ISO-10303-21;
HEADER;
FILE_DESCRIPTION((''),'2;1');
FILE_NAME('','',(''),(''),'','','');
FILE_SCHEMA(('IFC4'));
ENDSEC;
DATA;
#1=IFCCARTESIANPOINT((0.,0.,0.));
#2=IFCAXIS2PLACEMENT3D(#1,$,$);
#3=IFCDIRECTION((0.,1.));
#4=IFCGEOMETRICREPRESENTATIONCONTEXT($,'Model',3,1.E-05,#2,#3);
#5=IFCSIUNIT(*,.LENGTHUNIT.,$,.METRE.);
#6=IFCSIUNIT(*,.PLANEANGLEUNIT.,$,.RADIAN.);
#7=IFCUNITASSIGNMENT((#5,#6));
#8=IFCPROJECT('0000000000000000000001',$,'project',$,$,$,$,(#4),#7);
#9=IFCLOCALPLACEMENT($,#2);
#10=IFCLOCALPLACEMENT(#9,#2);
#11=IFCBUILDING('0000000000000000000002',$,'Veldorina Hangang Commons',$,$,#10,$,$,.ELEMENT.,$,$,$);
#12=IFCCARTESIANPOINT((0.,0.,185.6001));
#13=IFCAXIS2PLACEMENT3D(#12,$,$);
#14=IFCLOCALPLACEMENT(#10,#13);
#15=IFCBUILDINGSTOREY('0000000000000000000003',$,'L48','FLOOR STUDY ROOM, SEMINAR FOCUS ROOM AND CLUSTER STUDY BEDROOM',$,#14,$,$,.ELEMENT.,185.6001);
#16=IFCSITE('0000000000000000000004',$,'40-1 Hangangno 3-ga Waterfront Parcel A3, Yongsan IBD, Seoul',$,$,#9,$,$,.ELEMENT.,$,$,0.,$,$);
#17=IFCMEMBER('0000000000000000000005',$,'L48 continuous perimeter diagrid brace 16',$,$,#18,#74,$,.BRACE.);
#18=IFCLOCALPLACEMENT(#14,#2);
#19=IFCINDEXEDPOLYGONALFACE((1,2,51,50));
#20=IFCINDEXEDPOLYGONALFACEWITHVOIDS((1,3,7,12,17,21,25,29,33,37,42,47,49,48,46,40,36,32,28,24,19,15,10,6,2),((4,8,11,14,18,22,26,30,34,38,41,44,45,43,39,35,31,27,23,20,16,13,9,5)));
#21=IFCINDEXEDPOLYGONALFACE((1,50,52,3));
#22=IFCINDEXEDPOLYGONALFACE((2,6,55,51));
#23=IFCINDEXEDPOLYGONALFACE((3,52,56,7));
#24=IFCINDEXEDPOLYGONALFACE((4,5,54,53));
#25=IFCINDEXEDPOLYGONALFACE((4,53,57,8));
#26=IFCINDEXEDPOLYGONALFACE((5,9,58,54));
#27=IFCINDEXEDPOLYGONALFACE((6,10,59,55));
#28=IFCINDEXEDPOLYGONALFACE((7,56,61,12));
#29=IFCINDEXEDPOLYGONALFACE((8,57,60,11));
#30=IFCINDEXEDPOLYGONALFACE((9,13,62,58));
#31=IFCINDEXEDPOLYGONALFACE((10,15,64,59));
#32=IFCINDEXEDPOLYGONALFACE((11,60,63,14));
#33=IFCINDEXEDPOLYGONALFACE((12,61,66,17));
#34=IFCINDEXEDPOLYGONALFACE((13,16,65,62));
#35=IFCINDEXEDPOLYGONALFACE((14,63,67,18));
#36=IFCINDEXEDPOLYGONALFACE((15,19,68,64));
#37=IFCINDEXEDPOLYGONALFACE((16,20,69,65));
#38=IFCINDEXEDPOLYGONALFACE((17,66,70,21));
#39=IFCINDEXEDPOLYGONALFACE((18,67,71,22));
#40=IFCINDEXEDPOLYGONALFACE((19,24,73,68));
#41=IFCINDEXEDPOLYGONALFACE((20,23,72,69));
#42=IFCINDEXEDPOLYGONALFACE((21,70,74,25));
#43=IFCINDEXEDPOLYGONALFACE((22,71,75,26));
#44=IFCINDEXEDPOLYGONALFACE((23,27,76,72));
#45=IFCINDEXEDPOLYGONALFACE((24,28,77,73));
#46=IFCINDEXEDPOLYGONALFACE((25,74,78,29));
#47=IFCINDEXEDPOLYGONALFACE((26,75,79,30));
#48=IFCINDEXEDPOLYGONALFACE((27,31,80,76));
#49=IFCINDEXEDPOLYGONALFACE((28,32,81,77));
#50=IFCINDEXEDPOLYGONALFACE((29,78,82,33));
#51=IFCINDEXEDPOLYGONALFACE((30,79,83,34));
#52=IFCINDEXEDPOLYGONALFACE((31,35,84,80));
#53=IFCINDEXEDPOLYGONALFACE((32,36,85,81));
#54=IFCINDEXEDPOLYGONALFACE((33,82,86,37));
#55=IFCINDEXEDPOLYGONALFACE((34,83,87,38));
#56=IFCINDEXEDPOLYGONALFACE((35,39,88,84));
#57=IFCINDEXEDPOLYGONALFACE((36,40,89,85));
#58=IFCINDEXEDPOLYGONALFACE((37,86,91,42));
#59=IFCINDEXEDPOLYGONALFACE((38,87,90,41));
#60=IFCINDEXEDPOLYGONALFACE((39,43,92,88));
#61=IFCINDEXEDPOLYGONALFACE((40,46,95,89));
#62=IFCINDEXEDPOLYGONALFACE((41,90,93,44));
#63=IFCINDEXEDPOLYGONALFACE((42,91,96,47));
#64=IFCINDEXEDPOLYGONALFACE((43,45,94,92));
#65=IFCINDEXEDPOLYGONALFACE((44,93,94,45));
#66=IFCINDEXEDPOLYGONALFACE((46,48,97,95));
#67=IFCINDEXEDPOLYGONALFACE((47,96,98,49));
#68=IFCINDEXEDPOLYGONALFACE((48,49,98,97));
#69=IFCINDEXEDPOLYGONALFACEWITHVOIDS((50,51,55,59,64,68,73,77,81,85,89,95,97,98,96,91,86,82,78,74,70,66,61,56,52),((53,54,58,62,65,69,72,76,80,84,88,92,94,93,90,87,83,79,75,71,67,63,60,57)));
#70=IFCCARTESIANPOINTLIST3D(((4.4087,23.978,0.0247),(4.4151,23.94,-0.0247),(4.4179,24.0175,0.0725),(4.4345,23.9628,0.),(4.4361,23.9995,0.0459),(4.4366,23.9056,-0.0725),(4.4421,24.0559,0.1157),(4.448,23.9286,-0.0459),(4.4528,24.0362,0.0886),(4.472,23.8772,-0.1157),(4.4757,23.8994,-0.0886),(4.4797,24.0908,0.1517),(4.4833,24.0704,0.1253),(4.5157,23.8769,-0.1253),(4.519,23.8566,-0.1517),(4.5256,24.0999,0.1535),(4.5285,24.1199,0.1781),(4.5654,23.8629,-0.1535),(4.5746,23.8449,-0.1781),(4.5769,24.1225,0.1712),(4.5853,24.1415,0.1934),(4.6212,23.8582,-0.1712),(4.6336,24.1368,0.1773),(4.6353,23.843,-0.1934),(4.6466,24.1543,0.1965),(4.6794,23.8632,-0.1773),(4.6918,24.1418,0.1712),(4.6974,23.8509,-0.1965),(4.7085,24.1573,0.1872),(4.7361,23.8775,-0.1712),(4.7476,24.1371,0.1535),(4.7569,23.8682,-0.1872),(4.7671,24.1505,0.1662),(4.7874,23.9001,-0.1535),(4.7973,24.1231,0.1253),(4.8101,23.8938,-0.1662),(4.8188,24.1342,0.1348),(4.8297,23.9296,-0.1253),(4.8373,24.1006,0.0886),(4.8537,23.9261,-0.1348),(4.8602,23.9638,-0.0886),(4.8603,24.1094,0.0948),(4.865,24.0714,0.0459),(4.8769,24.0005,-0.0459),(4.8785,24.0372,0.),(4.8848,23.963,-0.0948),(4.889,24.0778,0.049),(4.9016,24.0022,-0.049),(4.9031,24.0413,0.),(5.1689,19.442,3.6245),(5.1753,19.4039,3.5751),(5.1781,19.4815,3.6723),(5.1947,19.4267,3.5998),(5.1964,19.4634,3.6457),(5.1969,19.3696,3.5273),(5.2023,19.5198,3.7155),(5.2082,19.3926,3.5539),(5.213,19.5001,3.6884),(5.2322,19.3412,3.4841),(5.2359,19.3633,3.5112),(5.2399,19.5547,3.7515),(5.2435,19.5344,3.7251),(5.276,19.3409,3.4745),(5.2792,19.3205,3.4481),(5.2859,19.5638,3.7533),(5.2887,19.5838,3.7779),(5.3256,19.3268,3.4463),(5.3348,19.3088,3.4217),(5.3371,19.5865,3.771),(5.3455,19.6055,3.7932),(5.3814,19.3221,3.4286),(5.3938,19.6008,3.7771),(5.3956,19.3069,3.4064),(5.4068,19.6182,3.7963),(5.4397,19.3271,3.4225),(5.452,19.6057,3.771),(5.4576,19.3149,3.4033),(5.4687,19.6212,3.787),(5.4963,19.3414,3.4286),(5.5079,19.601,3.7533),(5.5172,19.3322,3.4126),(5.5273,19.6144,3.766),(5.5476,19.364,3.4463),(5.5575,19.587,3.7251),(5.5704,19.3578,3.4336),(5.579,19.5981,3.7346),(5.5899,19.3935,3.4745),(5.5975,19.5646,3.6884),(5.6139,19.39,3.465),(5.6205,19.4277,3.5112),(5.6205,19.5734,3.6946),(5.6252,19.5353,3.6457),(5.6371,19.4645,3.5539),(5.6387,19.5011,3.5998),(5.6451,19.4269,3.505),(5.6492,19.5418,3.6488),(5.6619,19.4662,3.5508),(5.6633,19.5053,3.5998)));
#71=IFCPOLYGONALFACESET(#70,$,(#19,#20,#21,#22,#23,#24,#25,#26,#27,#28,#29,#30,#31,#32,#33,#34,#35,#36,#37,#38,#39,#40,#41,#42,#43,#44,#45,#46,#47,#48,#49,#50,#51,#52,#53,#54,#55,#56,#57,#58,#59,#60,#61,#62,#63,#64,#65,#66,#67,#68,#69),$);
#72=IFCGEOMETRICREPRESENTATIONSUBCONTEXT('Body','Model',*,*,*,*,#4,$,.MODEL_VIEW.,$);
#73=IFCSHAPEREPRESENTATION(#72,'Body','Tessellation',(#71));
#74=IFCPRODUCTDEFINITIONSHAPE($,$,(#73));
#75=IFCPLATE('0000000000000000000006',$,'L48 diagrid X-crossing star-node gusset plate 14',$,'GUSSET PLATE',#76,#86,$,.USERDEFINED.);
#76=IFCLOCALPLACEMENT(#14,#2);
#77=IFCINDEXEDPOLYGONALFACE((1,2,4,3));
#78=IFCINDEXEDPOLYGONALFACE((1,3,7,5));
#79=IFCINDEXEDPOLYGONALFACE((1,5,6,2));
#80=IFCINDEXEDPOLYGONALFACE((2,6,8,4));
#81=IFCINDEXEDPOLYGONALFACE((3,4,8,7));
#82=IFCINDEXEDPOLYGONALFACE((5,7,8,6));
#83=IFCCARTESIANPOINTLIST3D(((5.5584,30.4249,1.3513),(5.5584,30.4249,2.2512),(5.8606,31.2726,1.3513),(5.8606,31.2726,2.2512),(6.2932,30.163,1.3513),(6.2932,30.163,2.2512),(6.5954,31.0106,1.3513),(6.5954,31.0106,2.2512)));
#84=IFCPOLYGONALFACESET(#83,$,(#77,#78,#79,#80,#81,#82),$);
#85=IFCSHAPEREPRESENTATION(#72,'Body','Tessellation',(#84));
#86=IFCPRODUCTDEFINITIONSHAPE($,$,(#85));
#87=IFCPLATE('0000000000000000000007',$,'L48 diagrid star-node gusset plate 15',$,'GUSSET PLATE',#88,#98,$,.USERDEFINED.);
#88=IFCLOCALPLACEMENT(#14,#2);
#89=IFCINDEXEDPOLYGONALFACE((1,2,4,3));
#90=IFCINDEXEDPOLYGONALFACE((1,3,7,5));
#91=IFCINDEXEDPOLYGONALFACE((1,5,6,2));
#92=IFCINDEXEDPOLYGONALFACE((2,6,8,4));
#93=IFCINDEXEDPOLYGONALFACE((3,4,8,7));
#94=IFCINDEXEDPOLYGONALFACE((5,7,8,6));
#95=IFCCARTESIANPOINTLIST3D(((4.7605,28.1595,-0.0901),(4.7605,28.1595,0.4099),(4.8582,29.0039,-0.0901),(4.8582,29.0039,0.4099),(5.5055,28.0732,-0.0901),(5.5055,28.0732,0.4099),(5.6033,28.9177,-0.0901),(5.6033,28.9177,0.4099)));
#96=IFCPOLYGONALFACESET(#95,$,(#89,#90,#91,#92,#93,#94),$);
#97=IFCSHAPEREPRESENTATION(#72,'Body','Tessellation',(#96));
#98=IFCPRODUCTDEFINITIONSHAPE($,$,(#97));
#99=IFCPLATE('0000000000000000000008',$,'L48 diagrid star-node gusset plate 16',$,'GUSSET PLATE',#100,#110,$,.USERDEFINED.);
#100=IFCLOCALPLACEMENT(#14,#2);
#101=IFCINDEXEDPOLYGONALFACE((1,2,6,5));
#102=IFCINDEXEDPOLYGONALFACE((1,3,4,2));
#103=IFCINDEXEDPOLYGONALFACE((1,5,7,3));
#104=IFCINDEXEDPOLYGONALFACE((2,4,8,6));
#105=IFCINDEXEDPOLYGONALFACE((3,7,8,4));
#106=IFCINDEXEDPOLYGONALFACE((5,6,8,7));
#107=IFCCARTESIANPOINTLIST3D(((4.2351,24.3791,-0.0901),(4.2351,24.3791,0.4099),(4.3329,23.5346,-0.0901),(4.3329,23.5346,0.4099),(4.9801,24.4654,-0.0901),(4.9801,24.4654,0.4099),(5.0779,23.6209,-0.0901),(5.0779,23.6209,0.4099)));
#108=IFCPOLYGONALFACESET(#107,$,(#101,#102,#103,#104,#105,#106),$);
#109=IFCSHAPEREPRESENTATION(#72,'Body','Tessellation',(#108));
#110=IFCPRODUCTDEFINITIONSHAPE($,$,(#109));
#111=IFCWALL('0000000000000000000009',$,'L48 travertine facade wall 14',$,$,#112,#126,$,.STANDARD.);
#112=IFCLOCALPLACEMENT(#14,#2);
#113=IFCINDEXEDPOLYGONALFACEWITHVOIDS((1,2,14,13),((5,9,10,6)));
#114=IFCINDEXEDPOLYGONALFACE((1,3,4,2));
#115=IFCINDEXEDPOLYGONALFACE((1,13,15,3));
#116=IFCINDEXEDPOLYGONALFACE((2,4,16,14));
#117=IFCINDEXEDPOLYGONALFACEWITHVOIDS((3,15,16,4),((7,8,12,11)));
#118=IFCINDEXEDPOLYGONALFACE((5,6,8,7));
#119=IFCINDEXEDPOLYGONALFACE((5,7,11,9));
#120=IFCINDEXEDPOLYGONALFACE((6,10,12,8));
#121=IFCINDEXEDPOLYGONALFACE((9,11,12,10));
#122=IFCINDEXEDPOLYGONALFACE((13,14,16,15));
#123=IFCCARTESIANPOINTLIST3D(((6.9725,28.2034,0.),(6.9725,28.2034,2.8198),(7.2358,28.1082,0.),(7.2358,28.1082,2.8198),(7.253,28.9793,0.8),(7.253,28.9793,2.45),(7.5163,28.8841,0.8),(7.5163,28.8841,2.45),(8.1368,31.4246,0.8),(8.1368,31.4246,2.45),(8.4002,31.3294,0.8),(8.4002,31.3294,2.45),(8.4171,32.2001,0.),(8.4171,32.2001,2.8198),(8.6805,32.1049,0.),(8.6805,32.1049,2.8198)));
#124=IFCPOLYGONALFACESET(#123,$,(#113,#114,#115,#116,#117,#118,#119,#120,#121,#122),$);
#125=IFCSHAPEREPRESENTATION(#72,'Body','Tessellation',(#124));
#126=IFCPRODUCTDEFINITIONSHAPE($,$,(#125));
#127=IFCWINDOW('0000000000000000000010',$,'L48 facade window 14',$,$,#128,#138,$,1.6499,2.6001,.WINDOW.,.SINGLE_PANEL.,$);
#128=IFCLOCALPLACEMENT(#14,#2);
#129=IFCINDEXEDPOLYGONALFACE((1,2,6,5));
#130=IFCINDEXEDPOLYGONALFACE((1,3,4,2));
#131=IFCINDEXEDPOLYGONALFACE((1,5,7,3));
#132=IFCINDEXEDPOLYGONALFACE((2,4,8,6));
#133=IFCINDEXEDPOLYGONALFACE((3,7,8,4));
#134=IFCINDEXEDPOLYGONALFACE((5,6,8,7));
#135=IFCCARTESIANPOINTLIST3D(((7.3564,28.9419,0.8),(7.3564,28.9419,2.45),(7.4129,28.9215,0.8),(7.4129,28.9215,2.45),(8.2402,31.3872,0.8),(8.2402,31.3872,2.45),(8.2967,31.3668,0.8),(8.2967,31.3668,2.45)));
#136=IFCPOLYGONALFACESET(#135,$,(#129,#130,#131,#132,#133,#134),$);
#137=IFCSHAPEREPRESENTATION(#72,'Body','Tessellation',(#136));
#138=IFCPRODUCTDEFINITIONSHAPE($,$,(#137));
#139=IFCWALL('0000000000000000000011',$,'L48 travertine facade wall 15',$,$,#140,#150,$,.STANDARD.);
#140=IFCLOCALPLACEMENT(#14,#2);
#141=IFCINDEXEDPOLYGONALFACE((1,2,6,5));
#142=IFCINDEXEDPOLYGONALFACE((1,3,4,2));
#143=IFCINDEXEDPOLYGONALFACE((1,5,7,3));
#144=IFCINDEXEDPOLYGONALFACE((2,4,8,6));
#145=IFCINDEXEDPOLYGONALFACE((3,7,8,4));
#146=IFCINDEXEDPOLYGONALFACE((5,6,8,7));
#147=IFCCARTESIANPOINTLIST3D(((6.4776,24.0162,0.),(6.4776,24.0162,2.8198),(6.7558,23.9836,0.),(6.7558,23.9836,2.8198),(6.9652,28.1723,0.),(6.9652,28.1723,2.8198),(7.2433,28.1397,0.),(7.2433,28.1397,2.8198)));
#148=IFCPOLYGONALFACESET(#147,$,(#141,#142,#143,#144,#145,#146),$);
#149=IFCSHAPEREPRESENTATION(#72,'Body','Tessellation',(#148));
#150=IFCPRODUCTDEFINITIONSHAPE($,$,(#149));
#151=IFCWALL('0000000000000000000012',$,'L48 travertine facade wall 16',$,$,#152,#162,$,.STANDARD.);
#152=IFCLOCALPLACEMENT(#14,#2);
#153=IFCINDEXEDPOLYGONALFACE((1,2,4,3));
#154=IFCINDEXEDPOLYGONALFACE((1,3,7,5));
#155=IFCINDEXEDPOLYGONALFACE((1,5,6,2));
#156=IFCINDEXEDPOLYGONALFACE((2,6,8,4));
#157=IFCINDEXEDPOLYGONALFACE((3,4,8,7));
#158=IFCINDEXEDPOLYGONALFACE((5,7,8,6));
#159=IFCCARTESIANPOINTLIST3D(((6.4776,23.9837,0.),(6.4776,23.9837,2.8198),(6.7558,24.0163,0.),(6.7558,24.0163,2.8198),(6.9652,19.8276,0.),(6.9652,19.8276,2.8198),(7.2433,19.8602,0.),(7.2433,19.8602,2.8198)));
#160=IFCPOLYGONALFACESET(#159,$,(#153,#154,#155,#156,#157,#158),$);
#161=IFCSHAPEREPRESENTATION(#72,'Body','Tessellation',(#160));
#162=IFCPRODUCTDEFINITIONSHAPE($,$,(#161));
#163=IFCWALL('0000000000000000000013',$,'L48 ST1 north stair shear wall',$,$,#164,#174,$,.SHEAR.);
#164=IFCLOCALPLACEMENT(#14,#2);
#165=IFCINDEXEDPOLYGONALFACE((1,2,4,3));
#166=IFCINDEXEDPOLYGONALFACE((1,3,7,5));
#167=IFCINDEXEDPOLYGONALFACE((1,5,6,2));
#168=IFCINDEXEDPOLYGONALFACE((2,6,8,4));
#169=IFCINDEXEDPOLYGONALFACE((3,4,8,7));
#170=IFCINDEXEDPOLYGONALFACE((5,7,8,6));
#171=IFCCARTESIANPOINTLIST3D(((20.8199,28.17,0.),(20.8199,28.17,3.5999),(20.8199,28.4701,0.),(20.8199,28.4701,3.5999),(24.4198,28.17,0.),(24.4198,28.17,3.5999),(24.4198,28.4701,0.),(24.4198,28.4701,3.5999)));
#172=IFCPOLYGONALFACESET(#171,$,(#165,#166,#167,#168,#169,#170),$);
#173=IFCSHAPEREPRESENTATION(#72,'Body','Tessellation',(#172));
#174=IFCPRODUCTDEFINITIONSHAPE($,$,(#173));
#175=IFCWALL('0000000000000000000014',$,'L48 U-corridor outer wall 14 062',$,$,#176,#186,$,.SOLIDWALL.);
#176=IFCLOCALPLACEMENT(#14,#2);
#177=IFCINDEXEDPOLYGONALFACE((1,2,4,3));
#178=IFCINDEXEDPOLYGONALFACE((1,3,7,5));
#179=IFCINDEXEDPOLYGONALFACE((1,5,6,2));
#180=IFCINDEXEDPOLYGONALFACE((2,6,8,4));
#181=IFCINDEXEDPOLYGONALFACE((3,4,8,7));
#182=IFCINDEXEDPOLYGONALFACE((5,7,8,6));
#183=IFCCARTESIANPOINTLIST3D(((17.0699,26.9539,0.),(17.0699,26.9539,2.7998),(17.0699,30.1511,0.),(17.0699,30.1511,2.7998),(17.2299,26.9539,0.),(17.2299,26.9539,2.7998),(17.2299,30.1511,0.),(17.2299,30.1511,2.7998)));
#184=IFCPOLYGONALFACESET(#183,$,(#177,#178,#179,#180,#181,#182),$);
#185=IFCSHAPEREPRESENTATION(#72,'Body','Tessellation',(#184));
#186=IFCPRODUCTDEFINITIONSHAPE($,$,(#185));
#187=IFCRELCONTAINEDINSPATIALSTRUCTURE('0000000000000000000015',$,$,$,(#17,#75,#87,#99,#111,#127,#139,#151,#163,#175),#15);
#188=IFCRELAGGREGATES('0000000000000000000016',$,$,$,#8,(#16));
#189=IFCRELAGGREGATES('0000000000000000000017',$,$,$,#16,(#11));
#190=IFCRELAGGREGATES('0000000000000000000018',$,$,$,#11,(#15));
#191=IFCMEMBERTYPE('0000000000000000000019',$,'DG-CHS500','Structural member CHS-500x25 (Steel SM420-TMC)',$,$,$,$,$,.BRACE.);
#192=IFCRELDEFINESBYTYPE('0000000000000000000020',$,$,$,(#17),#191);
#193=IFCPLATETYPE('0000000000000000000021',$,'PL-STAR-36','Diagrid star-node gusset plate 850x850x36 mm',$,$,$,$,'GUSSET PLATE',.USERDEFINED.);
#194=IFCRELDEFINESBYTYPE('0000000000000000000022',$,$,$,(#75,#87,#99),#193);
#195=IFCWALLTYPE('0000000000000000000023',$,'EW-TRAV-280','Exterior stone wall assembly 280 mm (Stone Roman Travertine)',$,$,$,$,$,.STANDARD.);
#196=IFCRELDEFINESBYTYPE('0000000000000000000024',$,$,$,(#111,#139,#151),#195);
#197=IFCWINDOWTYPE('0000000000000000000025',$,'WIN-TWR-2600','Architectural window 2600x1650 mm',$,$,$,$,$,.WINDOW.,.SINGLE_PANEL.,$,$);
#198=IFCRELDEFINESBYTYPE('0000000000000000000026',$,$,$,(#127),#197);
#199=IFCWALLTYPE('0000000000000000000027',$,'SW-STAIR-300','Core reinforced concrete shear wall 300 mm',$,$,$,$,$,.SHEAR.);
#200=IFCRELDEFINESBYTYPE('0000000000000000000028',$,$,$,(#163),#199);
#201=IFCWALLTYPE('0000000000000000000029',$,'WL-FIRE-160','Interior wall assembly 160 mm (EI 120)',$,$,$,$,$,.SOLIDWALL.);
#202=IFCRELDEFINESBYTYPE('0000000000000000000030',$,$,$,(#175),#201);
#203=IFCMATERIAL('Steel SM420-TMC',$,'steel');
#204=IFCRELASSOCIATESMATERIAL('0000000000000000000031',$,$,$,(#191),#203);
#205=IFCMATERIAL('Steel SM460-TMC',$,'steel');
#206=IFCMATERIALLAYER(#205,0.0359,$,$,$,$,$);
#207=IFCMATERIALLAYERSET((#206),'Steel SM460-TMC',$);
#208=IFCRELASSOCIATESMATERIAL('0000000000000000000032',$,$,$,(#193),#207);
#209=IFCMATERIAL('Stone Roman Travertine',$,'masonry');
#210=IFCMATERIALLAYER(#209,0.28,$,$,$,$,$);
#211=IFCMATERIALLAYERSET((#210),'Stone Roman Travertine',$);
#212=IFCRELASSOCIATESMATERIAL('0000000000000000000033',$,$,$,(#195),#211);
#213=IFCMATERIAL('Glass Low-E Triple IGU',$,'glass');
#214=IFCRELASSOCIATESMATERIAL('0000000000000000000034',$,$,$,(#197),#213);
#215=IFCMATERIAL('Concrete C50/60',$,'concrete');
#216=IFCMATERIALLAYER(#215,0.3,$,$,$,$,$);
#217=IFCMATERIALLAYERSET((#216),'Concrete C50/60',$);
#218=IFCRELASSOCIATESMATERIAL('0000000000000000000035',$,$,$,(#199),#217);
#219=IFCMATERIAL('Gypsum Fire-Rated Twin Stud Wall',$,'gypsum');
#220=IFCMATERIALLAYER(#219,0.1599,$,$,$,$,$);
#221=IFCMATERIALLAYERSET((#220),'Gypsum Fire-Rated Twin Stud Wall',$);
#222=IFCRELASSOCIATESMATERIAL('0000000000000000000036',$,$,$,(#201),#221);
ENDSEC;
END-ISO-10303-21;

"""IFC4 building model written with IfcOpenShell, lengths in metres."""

from ifc_helpers import new_model, si_unit, direction, frame, frame_2d, origin, origin_2d, place, context, subcontext, project, spatial, rectangle, hollow_circle, extrude, material, layer, layer_set, material_profile, profile_set, type_object, element, fill, save


model = new_model("IFC4")

# Units and contexts
model_context = context("Model", 3, precision=1e-05, world=origin(), true_north=direction((0.0, 1.0)))
body_context = subcontext(model_context, "Body", "Model", "MODEL_VIEW")
ifc_project = project(units=[si_unit("LENGTHUNIT", "METRE"), si_unit("PLANEANGLEUNIT", "RADIAN")], contexts=[model_context])

# Site, building, storey
site_placement = place(None, origin())
site = spatial("IfcSite", under=ifc_project, at=site_placement, Name="40-1 Hangangno 3-ga Waterfront Parcel A3, Yongsan IBD, Seoul", CompositionType="ELEMENT", RefElevation=0.0)
building_placement = place(site_placement, origin())
building = spatial("IfcBuilding", under=site, at=building_placement, Name="Veldorina Hangang Commons", CompositionType="ELEMENT")
storey_placement = place(building_placement, frame((0.0, 0.0, 185.6001)))
storey = spatial("IfcBuildingStorey", under=building, at=storey_placement, Name="L48", Description="FLOOR STUDY ROOM, SEMINAR FOCUS ROOM AND CLUSTER STUDY BEDROOM", CompositionType="ELEMENT", Elevation=185.6001)

# Shared definitions
ifc_material_1 = material(Name="Steel SM420-TMC", Category="steel")

# Member
ifc_material_profile_1 = material_profile(ifc_material_1, hollow_circle(Radius=0.25, WallThickness=0.0249, at=origin_2d()), Name="CHS-500x25")
ifc_profile_set_1 = profile_set([ifc_material_profile_1], Name="Steel SM420-TMC")
member_type = type_object("IfcMemberType", Name="DG-CHS500", Description="Structural member CHS-500x25 (Steel SM420-TMC)", PredefinedType="BRACE", material=ifc_profile_set_1)
member_1_placement = place(storey_placement, frame((4.6565, 24.0, 0.0), z_axis=(0.130166, -0.776646, 0.616343), x_axis=(0.986244, 0.165294, 0.0)))
element("IfcMember", 1, at=member_1_placement, inside=storey, type_object=member_type, Name="L48 continuous perimeter diagrid brace 16", PredefinedType="BRACE", context=body_context, shape_type="SweptSolid", body=[
    extrude(hollow_circle(Radius=0.25, WallThickness=0.0249, at=origin_2d()), origin(), (0.0, 0.0, 1.0), 5.8406),
])

# Plates
ifc_material_2 = material(Name="Steel SM460-TMC", Category="steel")
ifc_layer_1 = layer(ifc_material_2, 0.0359)
ifc_layer_set_1 = layer_set([ifc_layer_1], Name="Steel SM460-TMC")
plate_type = type_object("IfcPlateType", Name="PL-STAR-36", Description="Diagrid star-node gusset plate 850x850x36 mm", ElementType="GUSSET PLATE", PredefinedType="USERDEFINED", material=ifc_layer_set_1)
plate_placement = place(storey_placement, frame((6.0769, 30.7178, 1.3513), z_axis=(0.0, 0.0, 1.0), x_axis=(-0.33583, -0.941923, 0.0)))
element("IfcPlate", 2, at=plate_placement, inside=storey, type_object=plate_type, Name="L48 diagrid X-crossing star-node gusset plate 14", ObjectType="GUSSET PLATE", PredefinedType="USERDEFINED", context=body_context, shape_type="SweptSolid", body=[
    extrude(rectangle(XDim=0.8999, YDim=0.78, at=origin_2d()), origin(), (0.0, 0.0, 1.0), 0.8999),
])
for number, where, z_axis, x_axis, name in (
    (3, (5.1819, 28.5386, -0.0901), (0.0, 0.0, 1.0), (-0.114989, -0.993367, 0.0), "L48 diagrid star-node gusset plate 15"),
    (4, (4.6565, 24.0, -0.0901), (0.0, 0.0, 1.0), (0.114989, -0.993367, 0.0), "L48 diagrid star-node gusset plate 16"),
):
    element("IfcPlate", number, at=place(storey_placement, frame(where, z_axis=z_axis, x_axis=x_axis)), inside=storey, type_object=plate_type, Name=name, ObjectType="GUSSET PLATE", PredefinedType="USERDEFINED", context=body_context, shape_type="SweptSolid", body=[
        extrude(rectangle(XDim=0.8501, YDim=0.75, at=origin_2d()), origin(), (0.0, 0.0, 1.0), 0.5),
    ])

# Wall, opening, window
ifc_material_3 = material(Name="Stone Roman Travertine", Category="masonry")
ifc_layer_2 = layer(ifc_material_3, 0.28)
ifc_layer_set_2 = layer_set([ifc_layer_2], Name="Stone Roman Travertine")
wall_type_1 = type_object("IfcWallType", Name="EW-TRAV-280", Description="Exterior stone wall assembly 280 mm (Stone Roman Travertine)", PredefinedType="STANDARD", material=ifc_layer_set_2)
wall_1_placement = place(storey_placement, frame((8.5488, 32.1526, 0.0), z_axis=(0.0, 0.0, 1.0), x_axis=(-0.33993, -0.940451, 0.0)))
wall_1 = element("IfcWall", 5, at=wall_1_placement, inside=storey, type_object=wall_type_1, Name="L48 travertine facade wall 14", PredefinedType="STANDARD", context=body_context, shape_type="SweptSolid", body=[
    extrude(rectangle(XDim=4.2498, YDim=0.28, at=frame_2d((2.125, 0.0))), origin(), (0.0, 0.0, 1.0), 2.8198),
])
opening_1_placement = place(wall_1_placement, frame((0.8247, 0.0, 0.8)))
opening_1 = element("IfcOpeningElement", 6, at=opening_1_placement, cuts=wall_1, PredefinedType="OPENING", context=body_context, shape_type="SweptSolid", body=[
    extrude(rectangle(XDim=2.6001, YDim=1.6499, at=frame_2d((1.3, 0.825))), frame((0.0, 0.1499, 0.0), z_axis=(0.0, -1.0, 0.0), x_axis=(1.0, 0.0, 0.0)), (0.0, 0.0, 1.0), 0.3),
])
ifc_material_4 = material(Name="Glass Low-E Triple IGU", Category="glass")
window_type = type_object("IfcWindowType", Name="WIN-TWR-2600", Description="Architectural window 2600x1650 mm", PartitioningType="SINGLE_PANEL", PredefinedType="WINDOW", material=ifc_material_4)
window_placement = place(opening_1_placement, origin())
window = element("IfcWindow", 7, at=window_placement, inside=storey, type_object=window_type, Name="L48 facade window 14", OverallHeight=1.6499, OverallWidth=2.6001, PartitioningType="SINGLE_PANEL", PredefinedType="WINDOW", context=body_context, shape_type="SweptSolid", body=[
    extrude(rectangle(XDim=2.6001, YDim=1.6499, at=frame_2d((1.3, 0.825))), frame((0.0, 0.03, 0.0), z_axis=(0.0, -1.0, 0.0), x_axis=(1.0, 0.0, 0.0)), (0.0, 0.0, 1.0), 0.0601),
])
fill(opening_1, window)

# Walls
for number, where, z_axis, x_axis, name in (
    (8, (7.1042, 28.156, 0.0), (0.0, 0.0, 1.0), (-0.116513, -0.993189, 0.0), "L48 travertine facade wall 15"),
    (9, (6.6167, 24.0, 0.0), (0.0, 0.0, 1.0), (0.116513, -0.993189, 0.0), "L48 travertine facade wall 16"),
):
    element("IfcWall", number, at=place(storey_placement, frame(where, z_axis=z_axis, x_axis=x_axis)), inside=storey, type_object=wall_type_1, Name=name, PredefinedType="STANDARD", context=body_context, shape_type="SweptSolid", body=[
        extrude(rectangle(XDim=4.1846, YDim=0.28, at=frame_2d((2.0923, 0.0))), origin(), (0.0, 0.0, 1.0), 2.8198),
    ])
ifc_material_5 = material(Name="Concrete C50/60", Category="concrete")
ifc_layer_3 = layer(ifc_material_5, 0.3)
ifc_layer_set_3 = layer_set([ifc_layer_3], Name="Concrete C50/60")
wall_type_2 = type_object("IfcWallType", Name="SW-STAIR-300", Description="Core reinforced concrete shear wall 300 mm", PredefinedType="SHEAR", material=ifc_layer_set_3)
wall_2_placement = place(storey_placement, frame((20.8201, 28.3201, 0.0), z_axis=(0.0, 0.0, 1.0), x_axis=(1.0, 0.0, 0.0)))
element("IfcWall", 10, at=wall_2_placement, inside=storey, type_object=wall_type_2, Name="L48 ST1 north stair shear wall", PredefinedType="SHEAR", context=body_context, shape_type="SweptSolid", body=[
    extrude(rectangle(XDim=3.5999, YDim=0.3, at=frame_2d((1.7998, 0.0))), origin(), (0.0, 0.0, 1.0), 3.5999),
])
ifc_material_6 = material(Name="Gypsum Fire-Rated Twin Stud Wall", Category="gypsum")
ifc_layer_4 = layer(ifc_material_6, 0.1599)
ifc_layer_set_4 = layer_set([ifc_layer_4], Name="Gypsum Fire-Rated Twin Stud Wall")
wall_type_3 = type_object("IfcWallType", Name="WL-FIRE-160", Description="Interior wall assembly 160 mm (EI 120)", PredefinedType="SOLIDWALL", material=ifc_layer_set_4)
wall_3_placement = place(storey_placement, frame((17.1499, 30.1511, 0.0), z_axis=(0.0, 0.0, 1.0), x_axis=(0.0, -1.0, 0.0)))
element("IfcWall", 11, at=wall_3_placement, inside=storey, type_object=wall_type_3, Name="L48 U-corridor outer wall 14 062", PredefinedType="SOLIDWALL", context=body_context, shape_type="SweptSolid", body=[
    extrude(rectangle(XDim=3.1973, YDim=0.1599, at=frame_2d((1.5986, 0.0))), origin(), (0.0, 0.0, 1.0), 2.7998),
])

save(model, "model.ifc")
